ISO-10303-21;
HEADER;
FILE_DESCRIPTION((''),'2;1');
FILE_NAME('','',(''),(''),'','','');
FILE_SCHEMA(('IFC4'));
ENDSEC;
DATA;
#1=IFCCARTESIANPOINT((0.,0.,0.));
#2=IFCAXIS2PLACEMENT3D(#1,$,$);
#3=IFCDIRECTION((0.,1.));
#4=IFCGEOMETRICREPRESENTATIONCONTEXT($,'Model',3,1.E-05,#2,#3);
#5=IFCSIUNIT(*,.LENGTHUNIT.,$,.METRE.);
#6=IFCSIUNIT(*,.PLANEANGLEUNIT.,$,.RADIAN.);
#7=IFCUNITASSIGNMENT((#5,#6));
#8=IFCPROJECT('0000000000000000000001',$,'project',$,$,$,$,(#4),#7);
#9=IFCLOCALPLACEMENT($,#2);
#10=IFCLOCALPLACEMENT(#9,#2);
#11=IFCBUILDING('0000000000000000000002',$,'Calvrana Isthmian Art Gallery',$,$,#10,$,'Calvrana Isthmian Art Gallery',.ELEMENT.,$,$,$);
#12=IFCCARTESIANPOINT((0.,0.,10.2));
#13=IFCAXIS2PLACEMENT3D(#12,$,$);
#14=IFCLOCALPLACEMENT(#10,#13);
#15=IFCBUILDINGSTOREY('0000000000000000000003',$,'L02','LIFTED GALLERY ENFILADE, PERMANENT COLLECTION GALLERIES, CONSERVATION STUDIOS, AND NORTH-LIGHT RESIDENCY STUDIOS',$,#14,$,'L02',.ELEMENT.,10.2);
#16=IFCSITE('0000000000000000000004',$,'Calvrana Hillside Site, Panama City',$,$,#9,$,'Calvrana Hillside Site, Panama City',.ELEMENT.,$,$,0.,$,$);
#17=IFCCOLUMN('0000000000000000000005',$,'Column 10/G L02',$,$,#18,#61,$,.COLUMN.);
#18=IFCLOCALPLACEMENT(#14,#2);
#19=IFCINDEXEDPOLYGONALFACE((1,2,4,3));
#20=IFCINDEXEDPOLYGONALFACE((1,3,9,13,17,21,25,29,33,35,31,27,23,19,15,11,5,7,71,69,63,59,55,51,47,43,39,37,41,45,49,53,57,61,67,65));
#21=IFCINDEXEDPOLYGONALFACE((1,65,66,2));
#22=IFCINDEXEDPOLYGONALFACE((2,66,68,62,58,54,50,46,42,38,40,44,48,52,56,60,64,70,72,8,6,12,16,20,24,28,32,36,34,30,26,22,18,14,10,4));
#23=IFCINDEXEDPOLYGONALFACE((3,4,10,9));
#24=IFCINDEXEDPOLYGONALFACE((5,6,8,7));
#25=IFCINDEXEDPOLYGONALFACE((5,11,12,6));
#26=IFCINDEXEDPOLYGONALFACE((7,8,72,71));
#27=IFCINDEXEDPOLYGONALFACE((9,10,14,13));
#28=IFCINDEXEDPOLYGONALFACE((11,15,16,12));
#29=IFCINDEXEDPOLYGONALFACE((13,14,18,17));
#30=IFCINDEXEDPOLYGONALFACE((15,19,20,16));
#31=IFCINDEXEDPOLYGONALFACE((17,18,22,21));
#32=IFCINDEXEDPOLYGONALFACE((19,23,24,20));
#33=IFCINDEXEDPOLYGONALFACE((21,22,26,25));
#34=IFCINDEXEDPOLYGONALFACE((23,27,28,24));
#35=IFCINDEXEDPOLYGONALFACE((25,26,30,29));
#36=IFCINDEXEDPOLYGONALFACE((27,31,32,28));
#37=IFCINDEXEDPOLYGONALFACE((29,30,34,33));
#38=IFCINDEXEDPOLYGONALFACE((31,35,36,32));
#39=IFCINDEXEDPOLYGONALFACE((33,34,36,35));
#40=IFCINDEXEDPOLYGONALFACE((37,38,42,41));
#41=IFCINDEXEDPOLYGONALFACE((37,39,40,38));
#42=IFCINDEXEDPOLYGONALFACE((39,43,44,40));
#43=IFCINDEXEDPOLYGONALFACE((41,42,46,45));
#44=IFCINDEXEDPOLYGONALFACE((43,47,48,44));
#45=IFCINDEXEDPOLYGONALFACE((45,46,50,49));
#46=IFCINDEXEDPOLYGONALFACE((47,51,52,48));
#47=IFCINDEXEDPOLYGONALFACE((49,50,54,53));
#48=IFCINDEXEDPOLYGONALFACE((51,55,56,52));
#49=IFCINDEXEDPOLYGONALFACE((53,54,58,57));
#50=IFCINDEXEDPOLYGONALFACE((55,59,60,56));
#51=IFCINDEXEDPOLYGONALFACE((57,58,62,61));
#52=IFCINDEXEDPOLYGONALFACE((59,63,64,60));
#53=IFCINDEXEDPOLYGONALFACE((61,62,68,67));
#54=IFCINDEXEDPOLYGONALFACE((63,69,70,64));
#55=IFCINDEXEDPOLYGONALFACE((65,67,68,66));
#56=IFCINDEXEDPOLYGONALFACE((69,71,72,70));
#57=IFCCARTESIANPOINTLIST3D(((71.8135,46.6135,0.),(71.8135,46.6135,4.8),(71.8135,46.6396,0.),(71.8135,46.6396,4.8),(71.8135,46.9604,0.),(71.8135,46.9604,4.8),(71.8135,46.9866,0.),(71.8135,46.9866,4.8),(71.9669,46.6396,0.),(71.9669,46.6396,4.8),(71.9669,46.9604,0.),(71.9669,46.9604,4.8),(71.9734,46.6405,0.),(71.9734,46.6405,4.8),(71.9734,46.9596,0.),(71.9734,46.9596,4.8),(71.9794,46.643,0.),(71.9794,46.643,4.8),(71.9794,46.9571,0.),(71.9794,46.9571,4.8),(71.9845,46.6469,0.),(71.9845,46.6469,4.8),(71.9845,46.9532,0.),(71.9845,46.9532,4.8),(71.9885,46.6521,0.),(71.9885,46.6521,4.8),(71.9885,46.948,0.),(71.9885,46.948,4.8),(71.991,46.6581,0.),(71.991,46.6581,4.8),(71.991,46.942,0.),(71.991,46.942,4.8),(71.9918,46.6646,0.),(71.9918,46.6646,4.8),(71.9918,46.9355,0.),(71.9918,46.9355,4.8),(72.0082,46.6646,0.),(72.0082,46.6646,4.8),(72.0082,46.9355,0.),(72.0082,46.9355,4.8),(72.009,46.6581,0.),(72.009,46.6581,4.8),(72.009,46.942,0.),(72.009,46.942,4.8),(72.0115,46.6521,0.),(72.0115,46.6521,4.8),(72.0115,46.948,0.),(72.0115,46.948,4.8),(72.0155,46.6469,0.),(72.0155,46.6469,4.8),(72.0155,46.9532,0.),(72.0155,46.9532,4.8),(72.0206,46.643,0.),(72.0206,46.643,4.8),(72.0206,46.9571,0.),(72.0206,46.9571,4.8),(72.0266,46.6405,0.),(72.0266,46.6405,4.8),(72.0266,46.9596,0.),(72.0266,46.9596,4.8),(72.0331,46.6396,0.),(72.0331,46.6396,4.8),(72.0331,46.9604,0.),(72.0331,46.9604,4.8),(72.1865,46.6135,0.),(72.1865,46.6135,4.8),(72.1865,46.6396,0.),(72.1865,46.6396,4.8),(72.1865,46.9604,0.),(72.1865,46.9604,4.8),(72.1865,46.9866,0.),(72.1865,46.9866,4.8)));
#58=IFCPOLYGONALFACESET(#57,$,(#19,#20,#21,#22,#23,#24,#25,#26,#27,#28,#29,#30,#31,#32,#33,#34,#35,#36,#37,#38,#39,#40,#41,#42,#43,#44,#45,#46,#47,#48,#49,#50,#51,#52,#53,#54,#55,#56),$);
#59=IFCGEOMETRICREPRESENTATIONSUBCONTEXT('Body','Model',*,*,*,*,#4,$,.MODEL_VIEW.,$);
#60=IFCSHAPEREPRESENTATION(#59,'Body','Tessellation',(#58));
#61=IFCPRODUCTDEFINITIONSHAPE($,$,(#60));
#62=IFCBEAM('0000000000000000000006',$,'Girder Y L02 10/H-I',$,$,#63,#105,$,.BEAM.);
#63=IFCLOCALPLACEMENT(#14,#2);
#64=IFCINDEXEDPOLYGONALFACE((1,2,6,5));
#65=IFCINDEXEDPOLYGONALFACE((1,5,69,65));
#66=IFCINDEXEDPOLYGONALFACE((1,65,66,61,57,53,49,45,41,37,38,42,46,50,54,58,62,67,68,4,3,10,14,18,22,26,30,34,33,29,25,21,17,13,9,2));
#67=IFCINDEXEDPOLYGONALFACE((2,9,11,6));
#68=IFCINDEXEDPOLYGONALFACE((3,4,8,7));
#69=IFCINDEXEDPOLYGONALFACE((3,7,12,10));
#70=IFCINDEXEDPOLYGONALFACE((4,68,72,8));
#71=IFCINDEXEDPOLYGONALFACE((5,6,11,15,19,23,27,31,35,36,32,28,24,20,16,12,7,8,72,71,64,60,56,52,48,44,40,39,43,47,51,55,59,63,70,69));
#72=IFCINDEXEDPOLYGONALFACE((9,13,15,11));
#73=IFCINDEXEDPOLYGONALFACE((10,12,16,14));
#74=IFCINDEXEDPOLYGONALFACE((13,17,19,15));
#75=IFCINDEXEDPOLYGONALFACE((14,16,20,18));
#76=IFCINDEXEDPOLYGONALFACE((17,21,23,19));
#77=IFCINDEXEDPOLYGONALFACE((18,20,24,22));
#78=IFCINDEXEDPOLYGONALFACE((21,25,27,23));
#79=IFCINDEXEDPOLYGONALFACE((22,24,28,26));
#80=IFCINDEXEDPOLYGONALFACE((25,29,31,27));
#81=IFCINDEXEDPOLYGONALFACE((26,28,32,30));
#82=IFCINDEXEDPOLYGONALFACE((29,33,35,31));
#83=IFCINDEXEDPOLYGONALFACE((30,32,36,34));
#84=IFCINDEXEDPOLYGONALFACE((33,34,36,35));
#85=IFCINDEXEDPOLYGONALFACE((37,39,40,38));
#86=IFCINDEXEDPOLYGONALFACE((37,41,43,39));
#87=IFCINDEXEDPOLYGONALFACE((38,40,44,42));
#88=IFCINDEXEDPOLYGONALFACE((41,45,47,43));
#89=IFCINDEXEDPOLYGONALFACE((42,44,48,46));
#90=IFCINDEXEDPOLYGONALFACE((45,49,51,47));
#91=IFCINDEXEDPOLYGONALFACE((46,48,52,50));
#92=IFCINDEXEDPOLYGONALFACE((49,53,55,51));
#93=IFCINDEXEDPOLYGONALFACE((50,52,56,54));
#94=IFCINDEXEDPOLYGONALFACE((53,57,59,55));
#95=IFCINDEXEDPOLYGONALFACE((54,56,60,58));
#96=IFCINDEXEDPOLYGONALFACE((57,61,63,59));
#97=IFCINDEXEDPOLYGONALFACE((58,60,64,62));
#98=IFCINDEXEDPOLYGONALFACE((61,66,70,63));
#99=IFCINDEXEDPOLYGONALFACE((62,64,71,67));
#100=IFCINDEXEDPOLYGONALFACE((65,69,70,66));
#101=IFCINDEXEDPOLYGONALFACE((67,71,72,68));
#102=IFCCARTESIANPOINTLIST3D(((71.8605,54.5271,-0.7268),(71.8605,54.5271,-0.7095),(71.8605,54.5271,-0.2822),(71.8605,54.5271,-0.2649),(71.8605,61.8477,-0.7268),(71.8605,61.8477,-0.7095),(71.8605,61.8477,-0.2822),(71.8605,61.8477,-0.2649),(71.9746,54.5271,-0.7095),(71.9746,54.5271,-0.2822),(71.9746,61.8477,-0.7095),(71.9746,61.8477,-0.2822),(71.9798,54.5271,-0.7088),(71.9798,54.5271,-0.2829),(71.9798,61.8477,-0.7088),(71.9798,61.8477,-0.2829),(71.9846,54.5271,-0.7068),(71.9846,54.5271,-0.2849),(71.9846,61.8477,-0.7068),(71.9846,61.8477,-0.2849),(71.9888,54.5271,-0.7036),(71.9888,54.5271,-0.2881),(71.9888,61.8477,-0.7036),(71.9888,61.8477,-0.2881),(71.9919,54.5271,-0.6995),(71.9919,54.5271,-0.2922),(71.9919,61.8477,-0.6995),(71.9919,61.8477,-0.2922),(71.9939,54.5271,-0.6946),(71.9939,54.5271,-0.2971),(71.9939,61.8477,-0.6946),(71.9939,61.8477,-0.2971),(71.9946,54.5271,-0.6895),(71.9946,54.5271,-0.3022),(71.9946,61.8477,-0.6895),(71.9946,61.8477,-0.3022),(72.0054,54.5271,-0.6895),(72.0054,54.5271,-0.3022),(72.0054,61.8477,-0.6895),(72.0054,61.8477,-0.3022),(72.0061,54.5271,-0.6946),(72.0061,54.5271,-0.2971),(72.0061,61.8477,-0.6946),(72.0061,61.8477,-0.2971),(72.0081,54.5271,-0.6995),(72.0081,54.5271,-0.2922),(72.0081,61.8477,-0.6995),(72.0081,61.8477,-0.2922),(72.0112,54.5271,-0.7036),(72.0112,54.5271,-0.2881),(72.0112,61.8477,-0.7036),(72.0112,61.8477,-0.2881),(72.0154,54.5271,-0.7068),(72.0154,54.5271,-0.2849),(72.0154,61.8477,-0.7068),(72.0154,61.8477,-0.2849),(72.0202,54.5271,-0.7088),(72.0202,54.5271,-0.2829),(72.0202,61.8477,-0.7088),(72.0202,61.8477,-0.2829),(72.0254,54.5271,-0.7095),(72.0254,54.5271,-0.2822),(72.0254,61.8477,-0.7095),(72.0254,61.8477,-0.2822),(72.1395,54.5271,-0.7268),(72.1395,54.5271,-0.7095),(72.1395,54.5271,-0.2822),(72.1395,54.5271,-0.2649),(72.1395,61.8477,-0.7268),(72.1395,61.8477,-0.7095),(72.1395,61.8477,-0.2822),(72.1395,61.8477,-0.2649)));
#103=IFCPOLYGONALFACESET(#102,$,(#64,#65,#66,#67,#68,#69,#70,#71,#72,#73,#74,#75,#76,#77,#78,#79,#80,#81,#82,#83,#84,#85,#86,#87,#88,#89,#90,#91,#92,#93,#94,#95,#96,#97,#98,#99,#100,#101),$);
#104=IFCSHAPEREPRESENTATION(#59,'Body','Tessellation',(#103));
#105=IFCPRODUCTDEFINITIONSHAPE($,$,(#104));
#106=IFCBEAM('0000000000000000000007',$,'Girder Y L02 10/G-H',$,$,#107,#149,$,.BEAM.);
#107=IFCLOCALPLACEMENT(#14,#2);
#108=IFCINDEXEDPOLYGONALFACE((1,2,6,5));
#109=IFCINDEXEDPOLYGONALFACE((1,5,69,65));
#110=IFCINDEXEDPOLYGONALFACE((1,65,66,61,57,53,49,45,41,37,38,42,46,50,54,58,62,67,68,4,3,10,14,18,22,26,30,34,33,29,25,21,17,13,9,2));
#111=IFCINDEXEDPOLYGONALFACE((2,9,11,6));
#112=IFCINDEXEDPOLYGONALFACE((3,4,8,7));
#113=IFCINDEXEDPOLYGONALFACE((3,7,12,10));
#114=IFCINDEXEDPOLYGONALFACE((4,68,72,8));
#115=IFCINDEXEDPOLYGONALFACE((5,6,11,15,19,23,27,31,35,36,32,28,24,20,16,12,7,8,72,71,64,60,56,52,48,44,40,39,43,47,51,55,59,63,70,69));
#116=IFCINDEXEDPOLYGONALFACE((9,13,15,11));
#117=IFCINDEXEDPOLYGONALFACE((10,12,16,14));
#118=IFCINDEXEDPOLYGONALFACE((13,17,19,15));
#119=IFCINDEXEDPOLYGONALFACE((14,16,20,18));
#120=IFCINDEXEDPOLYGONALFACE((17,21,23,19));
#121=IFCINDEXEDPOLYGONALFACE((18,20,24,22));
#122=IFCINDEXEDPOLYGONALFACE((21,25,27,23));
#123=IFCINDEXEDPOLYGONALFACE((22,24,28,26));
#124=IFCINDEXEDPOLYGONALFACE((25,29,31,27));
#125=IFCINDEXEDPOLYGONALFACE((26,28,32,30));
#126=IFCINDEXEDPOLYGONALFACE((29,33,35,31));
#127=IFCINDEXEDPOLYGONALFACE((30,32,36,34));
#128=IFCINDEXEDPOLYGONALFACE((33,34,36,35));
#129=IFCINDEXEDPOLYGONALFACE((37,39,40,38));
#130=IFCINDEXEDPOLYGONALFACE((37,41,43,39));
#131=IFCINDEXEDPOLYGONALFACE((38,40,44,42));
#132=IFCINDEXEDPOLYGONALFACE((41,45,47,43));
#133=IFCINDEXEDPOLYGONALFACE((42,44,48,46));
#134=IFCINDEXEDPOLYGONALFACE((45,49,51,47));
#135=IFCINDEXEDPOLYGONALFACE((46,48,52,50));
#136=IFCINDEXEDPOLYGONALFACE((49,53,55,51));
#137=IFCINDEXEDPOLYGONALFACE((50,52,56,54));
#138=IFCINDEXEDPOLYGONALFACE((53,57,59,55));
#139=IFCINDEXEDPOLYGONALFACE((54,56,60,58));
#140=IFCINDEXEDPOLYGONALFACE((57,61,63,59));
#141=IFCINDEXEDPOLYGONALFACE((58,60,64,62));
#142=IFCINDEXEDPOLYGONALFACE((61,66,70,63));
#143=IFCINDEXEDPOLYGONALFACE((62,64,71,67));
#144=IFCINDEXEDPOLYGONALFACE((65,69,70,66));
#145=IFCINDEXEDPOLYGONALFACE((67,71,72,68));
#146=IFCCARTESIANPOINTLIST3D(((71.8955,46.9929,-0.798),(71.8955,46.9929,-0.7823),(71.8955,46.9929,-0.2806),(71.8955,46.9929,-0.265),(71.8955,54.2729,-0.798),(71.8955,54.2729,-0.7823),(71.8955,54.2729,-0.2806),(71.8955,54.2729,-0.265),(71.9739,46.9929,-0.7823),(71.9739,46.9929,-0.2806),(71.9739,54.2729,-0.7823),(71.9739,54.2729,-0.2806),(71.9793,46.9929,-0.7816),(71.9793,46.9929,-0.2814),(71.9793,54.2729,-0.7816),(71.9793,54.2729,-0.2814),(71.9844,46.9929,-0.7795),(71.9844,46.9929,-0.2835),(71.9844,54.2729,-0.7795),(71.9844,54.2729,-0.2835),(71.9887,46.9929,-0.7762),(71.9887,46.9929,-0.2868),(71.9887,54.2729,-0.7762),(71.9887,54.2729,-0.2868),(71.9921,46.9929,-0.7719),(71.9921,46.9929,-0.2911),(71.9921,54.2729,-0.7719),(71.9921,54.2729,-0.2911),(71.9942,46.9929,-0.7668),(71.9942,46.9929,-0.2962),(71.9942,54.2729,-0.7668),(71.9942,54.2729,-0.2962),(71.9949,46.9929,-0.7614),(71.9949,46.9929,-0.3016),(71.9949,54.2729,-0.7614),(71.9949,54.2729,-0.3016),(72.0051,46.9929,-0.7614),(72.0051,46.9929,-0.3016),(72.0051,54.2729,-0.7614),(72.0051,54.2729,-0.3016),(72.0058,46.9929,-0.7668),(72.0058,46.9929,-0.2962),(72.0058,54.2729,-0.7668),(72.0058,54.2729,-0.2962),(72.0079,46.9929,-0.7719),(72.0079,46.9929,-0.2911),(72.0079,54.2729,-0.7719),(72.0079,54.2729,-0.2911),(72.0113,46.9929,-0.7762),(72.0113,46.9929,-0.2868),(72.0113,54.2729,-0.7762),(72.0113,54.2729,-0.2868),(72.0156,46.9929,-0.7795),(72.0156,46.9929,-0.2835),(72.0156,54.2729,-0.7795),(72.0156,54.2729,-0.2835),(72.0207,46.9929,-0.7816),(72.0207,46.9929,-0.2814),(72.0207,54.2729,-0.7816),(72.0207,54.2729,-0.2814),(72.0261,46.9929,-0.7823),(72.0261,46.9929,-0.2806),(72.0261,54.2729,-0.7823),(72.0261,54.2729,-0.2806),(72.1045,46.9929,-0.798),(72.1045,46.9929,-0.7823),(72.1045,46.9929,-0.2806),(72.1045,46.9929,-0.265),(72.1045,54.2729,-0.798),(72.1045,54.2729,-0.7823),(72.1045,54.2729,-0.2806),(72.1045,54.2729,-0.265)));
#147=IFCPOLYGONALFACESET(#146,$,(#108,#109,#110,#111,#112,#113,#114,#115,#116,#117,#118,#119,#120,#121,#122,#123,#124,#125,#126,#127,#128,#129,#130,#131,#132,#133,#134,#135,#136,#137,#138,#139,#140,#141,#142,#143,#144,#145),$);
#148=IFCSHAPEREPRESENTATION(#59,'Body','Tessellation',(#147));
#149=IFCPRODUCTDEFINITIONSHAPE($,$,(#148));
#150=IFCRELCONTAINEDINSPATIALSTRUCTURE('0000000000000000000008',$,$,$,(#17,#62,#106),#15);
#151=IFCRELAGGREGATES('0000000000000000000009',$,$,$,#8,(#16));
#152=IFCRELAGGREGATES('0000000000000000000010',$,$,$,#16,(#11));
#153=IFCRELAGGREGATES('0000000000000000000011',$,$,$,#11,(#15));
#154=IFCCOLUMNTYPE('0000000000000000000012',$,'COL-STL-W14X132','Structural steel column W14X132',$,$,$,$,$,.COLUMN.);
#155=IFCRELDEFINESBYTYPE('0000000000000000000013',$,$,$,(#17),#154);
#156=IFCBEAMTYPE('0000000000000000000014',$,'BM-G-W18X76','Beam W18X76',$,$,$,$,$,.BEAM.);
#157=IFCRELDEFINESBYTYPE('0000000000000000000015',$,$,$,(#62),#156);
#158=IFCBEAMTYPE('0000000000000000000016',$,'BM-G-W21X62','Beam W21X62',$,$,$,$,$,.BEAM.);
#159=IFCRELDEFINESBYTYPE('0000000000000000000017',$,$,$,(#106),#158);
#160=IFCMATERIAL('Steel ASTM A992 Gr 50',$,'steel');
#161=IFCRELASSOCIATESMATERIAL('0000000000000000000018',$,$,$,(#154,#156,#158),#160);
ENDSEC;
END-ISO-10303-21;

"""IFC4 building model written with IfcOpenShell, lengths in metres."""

from ifc_helpers import new_model, si_unit, direction, frame, origin, origin_2d, place, context, subcontext, project, spatial, i_section, extrude, material, material_profile, profile_set, type_object, element, save


model = new_model("IFC4")

# Units and contexts
model_context = context("Model", 3, precision=1e-05, world=origin(), true_north=direction((0.0, 1.0)))
body_context = subcontext(model_context, "Body", "Model", "MODEL_VIEW")
ifc_project = project(units=[si_unit("LENGTHUNIT", "METRE"), si_unit("PLANEANGLEUNIT", "RADIAN")], contexts=[model_context])

# Site, building, storey
site_placement = place(None, origin())
site = spatial("IfcSite", under=ifc_project, at=site_placement, Name="Calvrana Hillside Site, Panama City", LongName="Calvrana Hillside Site, Panama City", CompositionType="ELEMENT", RefElevation=0.0)
building_placement = place(site_placement, origin())
building = spatial("IfcBuilding", under=site, at=building_placement, Name="Calvrana Isthmian Art Gallery", LongName="Calvrana Isthmian Art Gallery", CompositionType="ELEMENT")
storey_placement = place(building_placement, frame((0.0, 0.0, 10.2)))
storey = spatial("IfcBuildingStorey", under=building, at=storey_placement, Name="L02", Description="LIFTED GALLERY ENFILADE, PERMANENT COLLECTION GALLERIES, CONSERVATION STUDIOS, AND NORTH-LIGHT RESIDENCY STUDIOS", LongName="L02", CompositionType="ELEMENT", Elevation=10.2)

# Column
ifc_material_1 = material(Name="Steel ASTM A992 Gr 50", Category="steel")
ifc_material_profile_1 = material_profile(ifc_material_1, i_section(OverallWidth=0.373, OverallDepth=0.373, WebThickness=0.0164, FlangeThickness=0.0261, FilletRadius=0.0249, at=origin_2d()), Name="W14X132")
ifc_profile_set_1 = profile_set([ifc_material_profile_1], Name="Steel ASTM A992 Gr 50")
column_type = type_object("IfcColumnType", Name="COL-STL-W14X132", Description="Structural steel column W14X132", PredefinedType="COLUMN", material=ifc_profile_set_1)
column_placement = place(storey_placement, frame((72.0, 46.8, 0.0), z_axis=(0.0, 0.0, 1.0), x_axis=(1.0, 0.0, 0.0)))
element("IfcColumn", 1, at=column_placement, inside=storey, type_object=column_type, Name="Column 10/G L02", PredefinedType="COLUMN", context=body_context, shape_type="SweptSolid", body=[
    extrude(i_section(OverallWidth=0.373, OverallDepth=0.373, WebThickness=0.0164, FlangeThickness=0.0261, FilletRadius=0.0249, at=origin_2d()), origin(), (0.0, 0.0, 1.0), 4.8),
])

# Beams
ifc_material_profile_2 = material_profile(ifc_material_1, i_section(OverallWidth=0.2791, OverallDepth=0.4619, WebThickness=0.0107, FlangeThickness=0.0173, FilletRadius=0.02, at=origin_2d()), Name="W18X76")
ifc_profile_set_2 = profile_set([ifc_material_profile_2], Name="Steel ASTM A992 Gr 50")
beam_type_1 = type_object("IfcBeamType", Name="BM-G-W18X76", Description="Beam W18X76", PredefinedType="BEAM", material=ifc_profile_set_2)
beam_1_placement = place(storey_placement, frame((72.0, 54.5271, -0.4958), z_axis=(0.0, 1.0, 0.0), x_axis=(-1.0, 0.0, 0.0)))
element("IfcBeam", 2, at=beam_1_placement, inside=storey, type_object=beam_type_1, Name="Girder Y L02 10/H-I", PredefinedType="BEAM", context=body_context, shape_type="SweptSolid", body=[
    extrude(i_section(OverallWidth=0.2791, OverallDepth=0.4619, WebThickness=0.0107, FlangeThickness=0.0173, FilletRadius=0.02, at=origin_2d()), origin(), (0.0, 0.0, 1.0), 7.3206),
])
ifc_material_profile_3 = material_profile(ifc_material_1, i_section(OverallWidth=0.209, OverallDepth=0.533, WebThickness=0.0103, FlangeThickness=0.0156, FilletRadius=0.021, at=origin_2d()), Name="W21X62")
ifc_profile_set_3 = profile_set([ifc_material_profile_3], Name="Steel ASTM A992 Gr 50")
beam_type_2 = type_object("IfcBeamType", Name="BM-G-W21X62", Description="Beam W21X62", PredefinedType="BEAM", material=ifc_profile_set_3)
beam_2_placement = place(storey_placement, frame((72.0, 46.9929, -0.5315), z_axis=(0.0, 1.0, 0.0), x_axis=(-1.0, 0.0, 0.0)))
element("IfcBeam", 3, at=beam_2_placement, inside=storey, type_object=beam_type_2, Name="Girder Y L02 10/G-H", PredefinedType="BEAM", context=body_context, shape_type="SweptSolid", body=[
    extrude(i_section(OverallWidth=0.209, OverallDepth=0.533, WebThickness=0.0103, FlangeThickness=0.0156, FilletRadius=0.021, at=origin_2d()), origin(), (0.0, 0.0, 1.0), 7.28),
])

save(model, "model.ifc")
